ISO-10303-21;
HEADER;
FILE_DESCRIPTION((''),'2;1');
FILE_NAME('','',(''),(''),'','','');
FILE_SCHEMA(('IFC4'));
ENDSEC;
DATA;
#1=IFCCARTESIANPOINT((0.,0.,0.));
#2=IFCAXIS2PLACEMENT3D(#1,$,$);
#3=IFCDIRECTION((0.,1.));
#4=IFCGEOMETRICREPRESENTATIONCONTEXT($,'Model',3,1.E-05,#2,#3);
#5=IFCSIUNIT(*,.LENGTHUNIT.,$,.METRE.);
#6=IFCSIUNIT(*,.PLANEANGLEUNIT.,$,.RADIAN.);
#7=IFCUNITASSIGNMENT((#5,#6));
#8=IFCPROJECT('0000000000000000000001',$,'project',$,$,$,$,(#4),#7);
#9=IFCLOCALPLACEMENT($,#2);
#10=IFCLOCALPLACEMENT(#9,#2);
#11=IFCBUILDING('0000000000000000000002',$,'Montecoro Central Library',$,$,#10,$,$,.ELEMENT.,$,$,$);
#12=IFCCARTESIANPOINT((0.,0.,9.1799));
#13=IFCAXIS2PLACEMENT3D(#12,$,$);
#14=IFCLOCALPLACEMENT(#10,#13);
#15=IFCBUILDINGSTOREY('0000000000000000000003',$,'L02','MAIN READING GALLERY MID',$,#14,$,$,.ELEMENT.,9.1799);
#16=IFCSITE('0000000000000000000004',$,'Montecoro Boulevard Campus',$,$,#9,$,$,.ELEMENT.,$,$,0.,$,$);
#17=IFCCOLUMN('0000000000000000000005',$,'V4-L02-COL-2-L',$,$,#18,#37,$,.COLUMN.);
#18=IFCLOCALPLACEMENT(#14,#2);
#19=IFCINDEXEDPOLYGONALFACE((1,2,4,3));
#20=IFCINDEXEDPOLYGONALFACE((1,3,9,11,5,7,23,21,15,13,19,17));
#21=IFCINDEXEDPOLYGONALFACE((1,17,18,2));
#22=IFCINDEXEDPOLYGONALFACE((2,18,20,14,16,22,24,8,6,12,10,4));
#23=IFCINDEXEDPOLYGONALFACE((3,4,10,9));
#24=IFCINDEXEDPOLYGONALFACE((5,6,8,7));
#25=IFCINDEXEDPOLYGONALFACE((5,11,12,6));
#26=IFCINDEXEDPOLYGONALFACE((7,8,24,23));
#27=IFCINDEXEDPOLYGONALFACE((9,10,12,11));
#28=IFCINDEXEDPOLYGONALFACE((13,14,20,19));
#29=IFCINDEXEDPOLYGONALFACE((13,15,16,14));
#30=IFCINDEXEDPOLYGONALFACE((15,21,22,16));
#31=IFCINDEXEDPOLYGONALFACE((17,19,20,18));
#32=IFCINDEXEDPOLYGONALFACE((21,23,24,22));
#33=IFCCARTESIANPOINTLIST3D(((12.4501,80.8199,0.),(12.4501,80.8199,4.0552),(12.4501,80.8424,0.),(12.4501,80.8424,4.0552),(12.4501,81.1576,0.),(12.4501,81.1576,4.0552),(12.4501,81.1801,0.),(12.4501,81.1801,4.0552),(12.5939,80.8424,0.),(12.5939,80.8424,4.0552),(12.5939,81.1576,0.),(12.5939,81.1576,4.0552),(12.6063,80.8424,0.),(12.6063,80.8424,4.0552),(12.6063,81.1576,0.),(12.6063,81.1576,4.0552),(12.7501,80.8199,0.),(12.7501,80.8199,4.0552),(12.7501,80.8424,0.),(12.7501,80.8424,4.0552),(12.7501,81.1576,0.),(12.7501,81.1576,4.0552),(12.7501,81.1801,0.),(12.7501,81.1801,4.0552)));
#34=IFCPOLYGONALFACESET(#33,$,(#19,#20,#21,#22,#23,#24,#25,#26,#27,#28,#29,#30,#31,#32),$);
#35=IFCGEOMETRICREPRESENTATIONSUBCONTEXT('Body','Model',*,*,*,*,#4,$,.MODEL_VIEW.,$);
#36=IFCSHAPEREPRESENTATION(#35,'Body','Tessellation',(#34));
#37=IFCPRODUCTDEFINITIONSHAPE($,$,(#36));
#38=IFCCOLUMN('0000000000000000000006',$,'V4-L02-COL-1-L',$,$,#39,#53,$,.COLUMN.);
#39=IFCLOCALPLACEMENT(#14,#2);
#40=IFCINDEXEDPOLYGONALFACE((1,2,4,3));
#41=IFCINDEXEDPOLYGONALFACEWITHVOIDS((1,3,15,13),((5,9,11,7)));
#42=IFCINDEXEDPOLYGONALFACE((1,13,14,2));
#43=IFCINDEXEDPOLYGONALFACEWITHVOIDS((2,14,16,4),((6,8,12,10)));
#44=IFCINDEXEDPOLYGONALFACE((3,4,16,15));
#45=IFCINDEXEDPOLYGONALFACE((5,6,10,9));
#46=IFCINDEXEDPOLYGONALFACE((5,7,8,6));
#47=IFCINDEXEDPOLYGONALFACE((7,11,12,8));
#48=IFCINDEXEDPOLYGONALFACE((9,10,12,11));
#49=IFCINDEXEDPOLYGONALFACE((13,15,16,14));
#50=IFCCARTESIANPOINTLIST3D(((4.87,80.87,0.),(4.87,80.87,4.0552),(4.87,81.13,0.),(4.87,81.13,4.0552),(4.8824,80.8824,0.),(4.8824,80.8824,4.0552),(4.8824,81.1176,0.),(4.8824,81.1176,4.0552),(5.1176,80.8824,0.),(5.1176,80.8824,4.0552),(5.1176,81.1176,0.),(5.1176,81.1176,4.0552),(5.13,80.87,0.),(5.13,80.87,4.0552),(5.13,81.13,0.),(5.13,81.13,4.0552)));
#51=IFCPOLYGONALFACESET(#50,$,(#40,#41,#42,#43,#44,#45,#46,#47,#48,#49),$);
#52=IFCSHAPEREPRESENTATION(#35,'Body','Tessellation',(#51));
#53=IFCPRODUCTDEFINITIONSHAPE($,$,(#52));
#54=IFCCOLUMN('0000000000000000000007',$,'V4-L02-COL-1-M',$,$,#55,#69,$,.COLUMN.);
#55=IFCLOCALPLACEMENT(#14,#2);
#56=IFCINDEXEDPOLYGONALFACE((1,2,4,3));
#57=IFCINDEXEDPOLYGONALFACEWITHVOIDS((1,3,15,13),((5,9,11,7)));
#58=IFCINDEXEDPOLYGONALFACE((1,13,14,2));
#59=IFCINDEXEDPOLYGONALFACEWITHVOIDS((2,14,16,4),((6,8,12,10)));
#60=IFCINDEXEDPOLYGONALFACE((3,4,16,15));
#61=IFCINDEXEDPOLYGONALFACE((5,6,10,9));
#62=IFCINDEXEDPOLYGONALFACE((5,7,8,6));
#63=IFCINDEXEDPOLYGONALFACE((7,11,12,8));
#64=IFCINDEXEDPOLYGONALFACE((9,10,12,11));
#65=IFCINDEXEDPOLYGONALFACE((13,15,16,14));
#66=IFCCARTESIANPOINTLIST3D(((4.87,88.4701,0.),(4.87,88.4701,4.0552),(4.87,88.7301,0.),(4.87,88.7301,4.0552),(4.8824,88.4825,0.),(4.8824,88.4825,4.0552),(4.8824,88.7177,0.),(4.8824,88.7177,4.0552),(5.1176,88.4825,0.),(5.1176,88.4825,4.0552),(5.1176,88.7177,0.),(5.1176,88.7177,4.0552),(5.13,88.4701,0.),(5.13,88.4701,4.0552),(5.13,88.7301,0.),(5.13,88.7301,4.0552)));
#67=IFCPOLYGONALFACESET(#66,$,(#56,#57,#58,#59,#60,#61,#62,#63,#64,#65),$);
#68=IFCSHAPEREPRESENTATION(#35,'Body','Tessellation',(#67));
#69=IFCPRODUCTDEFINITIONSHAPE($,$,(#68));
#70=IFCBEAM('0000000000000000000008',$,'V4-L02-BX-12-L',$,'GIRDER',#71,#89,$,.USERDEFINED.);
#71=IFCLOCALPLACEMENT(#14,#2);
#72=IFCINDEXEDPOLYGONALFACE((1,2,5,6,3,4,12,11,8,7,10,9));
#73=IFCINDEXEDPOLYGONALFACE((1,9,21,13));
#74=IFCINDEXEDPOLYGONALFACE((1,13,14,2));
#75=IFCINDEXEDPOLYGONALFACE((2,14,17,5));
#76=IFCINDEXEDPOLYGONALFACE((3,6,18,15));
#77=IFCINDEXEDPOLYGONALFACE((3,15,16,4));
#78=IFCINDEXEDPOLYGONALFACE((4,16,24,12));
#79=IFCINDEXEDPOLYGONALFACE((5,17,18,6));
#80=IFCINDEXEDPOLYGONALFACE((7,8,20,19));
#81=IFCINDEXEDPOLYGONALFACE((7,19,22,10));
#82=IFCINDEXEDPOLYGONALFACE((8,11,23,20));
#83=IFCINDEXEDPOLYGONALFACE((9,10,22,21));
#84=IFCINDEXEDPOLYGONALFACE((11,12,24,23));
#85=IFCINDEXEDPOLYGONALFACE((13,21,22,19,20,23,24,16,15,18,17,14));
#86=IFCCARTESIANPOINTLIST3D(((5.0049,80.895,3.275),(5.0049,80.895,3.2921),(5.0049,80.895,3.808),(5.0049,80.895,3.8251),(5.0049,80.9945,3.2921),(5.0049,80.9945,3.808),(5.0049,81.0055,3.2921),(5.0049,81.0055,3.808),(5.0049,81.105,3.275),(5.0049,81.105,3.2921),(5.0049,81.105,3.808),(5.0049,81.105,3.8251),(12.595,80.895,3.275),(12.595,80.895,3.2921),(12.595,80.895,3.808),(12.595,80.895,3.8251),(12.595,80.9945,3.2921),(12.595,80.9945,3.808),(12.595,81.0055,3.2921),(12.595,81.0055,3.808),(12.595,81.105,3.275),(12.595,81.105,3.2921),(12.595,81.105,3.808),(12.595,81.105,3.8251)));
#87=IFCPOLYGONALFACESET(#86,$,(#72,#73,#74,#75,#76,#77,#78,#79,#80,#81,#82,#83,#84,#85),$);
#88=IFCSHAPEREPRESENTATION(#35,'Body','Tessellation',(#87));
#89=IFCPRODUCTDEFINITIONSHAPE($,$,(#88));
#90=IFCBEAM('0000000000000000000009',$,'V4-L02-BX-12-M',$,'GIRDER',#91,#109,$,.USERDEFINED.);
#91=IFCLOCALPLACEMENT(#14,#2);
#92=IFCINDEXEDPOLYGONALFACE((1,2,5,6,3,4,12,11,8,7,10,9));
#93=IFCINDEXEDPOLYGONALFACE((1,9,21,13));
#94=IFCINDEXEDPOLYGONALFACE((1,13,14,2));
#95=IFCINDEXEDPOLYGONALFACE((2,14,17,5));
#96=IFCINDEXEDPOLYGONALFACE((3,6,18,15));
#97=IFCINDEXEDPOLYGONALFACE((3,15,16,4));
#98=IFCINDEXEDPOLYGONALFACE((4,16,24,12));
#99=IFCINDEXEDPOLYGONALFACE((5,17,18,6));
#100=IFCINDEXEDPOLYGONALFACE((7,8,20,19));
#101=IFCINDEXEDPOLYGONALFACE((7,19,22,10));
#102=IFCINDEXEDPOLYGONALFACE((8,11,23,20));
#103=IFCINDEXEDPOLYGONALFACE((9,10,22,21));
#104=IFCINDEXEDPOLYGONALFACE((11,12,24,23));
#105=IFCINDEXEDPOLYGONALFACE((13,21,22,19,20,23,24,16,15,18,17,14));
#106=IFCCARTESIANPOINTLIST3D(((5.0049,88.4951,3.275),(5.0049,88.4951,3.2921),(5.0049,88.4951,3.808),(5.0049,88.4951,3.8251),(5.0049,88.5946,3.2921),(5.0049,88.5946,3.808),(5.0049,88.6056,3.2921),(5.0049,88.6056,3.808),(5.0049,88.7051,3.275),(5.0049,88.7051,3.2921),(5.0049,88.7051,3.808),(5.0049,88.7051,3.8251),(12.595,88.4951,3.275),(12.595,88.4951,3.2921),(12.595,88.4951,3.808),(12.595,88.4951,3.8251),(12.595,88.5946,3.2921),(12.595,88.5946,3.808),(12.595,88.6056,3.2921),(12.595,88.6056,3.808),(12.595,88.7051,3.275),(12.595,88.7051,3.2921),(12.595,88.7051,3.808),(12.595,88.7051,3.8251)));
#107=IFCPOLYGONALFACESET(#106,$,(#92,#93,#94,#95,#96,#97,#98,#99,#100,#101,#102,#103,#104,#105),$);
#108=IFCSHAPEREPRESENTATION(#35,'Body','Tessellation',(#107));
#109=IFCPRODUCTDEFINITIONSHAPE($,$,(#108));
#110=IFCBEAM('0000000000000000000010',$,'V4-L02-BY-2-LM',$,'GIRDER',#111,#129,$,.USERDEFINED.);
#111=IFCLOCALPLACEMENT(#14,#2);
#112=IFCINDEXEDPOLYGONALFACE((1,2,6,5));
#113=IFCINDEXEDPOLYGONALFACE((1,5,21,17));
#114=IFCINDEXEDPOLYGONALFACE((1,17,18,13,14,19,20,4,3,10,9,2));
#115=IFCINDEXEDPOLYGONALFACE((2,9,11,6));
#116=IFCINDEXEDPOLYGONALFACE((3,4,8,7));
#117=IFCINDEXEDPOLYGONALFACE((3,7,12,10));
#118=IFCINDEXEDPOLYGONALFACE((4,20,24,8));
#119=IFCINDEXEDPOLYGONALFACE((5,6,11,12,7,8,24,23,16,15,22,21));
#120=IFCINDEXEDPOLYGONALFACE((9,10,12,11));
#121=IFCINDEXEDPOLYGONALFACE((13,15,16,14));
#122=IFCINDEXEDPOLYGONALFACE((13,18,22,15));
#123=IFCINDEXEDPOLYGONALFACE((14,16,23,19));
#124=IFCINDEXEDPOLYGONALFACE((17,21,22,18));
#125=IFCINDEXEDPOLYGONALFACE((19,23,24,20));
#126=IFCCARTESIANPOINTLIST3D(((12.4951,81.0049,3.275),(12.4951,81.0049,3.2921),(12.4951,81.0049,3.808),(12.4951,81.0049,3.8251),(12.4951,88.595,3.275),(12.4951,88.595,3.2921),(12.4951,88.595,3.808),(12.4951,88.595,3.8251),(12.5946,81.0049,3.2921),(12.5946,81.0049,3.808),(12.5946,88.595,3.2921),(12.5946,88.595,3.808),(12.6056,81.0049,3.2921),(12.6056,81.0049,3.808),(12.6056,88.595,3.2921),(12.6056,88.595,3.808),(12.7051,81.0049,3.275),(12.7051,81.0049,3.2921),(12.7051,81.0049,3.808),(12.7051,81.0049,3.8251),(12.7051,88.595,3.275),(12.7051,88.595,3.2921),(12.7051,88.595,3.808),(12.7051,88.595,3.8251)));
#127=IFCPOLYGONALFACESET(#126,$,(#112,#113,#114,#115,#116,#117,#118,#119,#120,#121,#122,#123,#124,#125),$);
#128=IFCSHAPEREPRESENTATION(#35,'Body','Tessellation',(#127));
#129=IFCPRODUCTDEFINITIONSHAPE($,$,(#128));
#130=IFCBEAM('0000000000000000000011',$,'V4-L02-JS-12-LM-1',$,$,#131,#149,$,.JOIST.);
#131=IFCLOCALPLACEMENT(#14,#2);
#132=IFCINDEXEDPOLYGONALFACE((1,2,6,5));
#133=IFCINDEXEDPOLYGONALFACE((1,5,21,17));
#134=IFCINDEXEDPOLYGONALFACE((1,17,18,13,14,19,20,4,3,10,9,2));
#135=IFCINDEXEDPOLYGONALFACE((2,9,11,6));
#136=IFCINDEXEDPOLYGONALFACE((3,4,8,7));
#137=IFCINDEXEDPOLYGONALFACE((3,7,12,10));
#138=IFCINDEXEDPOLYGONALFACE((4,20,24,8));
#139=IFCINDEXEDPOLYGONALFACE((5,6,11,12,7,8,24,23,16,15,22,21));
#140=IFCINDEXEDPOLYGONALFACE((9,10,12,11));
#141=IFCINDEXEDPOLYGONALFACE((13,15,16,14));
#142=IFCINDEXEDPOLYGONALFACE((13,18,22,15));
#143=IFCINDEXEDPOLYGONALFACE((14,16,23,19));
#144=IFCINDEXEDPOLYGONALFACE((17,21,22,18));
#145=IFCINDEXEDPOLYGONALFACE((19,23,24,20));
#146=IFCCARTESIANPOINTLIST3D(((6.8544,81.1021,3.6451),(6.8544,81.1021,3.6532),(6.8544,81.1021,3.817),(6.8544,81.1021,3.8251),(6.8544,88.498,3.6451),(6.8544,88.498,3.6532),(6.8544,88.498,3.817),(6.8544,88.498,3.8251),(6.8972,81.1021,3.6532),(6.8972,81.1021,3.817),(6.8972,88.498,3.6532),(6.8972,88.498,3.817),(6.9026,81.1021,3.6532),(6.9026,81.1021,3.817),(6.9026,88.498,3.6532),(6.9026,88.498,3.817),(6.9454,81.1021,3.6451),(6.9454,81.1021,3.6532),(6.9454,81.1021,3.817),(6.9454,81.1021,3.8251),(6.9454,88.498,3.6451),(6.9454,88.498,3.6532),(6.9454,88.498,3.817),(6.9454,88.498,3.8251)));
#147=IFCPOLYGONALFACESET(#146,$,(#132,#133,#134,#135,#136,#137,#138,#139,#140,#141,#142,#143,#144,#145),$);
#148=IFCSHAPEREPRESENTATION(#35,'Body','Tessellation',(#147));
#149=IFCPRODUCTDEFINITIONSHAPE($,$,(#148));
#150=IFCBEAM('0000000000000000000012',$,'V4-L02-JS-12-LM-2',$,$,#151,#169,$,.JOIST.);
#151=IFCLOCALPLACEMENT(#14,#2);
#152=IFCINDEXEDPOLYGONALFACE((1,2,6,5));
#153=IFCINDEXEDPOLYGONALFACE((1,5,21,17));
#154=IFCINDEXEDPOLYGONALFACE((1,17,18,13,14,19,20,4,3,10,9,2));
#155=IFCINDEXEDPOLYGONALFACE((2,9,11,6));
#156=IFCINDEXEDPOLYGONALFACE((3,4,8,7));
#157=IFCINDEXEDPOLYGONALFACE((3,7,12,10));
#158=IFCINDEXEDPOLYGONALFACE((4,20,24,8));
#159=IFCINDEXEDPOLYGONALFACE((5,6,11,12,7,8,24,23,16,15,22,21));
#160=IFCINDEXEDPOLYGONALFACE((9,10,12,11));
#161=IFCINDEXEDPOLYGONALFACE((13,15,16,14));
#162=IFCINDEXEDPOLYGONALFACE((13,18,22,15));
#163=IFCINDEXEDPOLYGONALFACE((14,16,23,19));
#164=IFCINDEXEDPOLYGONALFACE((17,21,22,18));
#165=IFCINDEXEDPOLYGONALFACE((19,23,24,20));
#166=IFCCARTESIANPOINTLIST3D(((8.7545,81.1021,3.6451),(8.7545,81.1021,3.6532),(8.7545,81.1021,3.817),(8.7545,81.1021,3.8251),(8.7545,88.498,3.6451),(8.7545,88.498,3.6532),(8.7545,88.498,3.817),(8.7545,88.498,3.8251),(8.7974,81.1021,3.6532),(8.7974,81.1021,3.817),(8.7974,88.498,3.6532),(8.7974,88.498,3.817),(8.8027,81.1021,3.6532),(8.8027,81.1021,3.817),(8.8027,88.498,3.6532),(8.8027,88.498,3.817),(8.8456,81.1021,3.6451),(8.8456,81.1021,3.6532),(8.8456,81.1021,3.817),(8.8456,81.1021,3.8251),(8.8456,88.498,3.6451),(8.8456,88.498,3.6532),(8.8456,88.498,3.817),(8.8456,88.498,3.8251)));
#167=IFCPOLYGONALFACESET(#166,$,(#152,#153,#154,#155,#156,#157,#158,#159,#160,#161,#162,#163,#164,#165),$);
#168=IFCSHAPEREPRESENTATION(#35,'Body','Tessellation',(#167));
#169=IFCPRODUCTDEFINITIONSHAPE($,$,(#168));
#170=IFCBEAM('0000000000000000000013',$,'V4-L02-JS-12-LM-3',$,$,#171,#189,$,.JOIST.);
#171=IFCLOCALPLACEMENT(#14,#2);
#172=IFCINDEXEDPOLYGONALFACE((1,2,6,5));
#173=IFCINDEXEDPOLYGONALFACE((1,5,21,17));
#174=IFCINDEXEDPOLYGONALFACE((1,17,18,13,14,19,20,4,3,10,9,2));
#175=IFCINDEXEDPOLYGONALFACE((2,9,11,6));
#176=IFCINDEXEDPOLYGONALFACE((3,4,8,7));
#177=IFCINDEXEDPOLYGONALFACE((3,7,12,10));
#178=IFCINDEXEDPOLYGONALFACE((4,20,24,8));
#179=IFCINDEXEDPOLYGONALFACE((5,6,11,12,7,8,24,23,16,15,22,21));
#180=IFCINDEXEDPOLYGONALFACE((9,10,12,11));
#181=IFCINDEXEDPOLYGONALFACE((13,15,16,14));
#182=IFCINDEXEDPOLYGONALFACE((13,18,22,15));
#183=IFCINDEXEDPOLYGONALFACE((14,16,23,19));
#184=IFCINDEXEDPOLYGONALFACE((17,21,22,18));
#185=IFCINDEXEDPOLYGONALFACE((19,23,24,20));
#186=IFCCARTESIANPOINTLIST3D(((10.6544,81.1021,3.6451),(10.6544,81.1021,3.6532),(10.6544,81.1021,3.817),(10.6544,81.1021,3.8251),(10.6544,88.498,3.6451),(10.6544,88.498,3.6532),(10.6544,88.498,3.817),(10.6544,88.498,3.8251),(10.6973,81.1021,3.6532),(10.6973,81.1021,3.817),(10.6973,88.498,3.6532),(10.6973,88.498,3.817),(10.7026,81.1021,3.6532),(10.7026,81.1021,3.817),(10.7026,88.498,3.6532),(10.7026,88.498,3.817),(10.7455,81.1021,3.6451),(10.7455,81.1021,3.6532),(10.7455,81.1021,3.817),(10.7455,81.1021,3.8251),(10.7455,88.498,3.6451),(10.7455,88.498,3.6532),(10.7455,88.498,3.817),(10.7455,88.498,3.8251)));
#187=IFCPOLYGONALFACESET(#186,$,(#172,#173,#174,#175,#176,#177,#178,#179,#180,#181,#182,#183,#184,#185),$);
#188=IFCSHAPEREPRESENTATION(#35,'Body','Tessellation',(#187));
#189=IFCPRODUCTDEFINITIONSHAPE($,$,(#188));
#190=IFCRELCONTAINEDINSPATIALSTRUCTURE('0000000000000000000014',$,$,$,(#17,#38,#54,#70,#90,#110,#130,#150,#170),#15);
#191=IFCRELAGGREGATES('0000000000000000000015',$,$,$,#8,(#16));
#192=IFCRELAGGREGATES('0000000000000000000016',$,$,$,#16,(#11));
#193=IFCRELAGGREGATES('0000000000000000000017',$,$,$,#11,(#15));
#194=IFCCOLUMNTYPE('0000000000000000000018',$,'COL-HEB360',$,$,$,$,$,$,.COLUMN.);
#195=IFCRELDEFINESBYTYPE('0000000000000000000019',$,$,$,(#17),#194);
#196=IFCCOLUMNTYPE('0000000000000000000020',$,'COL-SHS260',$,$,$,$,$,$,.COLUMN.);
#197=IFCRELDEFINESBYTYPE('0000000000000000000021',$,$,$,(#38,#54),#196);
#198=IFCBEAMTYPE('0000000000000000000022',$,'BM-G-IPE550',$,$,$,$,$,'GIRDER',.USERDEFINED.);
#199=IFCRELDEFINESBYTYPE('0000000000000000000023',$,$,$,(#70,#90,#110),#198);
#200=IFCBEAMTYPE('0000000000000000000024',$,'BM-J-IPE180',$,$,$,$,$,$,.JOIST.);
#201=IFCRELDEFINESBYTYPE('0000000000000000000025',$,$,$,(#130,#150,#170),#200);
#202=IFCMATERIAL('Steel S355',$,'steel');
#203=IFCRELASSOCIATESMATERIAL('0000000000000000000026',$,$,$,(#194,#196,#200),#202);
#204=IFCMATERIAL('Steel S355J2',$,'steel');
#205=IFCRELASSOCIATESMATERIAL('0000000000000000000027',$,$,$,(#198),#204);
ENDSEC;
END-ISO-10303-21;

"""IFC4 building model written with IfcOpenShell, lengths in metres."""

from ifc_helpers import new_model, si_unit, direction, frame, origin, origin_2d, place, context, subcontext, project, spatial, hollow_rectangle, i_section, extrude, material, material_profile, profile_set, type_object, element, save


model = new_model("IFC4")

# Units and contexts
model_context = context("Model", 3, precision=1e-05, world=origin(), true_north=direction((0.0, 1.0)))
body_context = subcontext(model_context, "Body", "Model", "MODEL_VIEW")
ifc_project = project(units=[si_unit("LENGTHUNIT", "METRE"), si_unit("PLANEANGLEUNIT", "RADIAN")], contexts=[model_context])

# Site, building, storey
site_placement = place(None, origin())
site = spatial("IfcSite", under=ifc_project, at=site_placement, Name="Montecoro Boulevard Campus", CompositionType="ELEMENT", RefElevation=0.0)
building_placement = place(site_placement, origin())
building = spatial("IfcBuilding", under=site, at=building_placement, Name="Montecoro Central Library", CompositionType="ELEMENT")
storey_placement = place(building_placement, frame((0.0, 0.0, 9.1799)))
storey = spatial("IfcBuildingStorey", under=building, at=storey_placement, Name="L02", Description="MAIN READING GALLERY MID", CompositionType="ELEMENT", Elevation=9.1799)

# Columns
ifc_material_1 = material(Name="Steel S355", Category="steel")
ifc_material_profile_1 = material_profile(ifc_material_1, i_section(OverallWidth=0.3, OverallDepth=0.3601, WebThickness=0.0125, FlangeThickness=0.0225, at=origin_2d()), Name="HEB 360")
ifc_profile_set_1 = profile_set([ifc_material_profile_1], Name="Steel S355")
column_type_1 = type_object("IfcColumnType", Name="COL-HEB360", PredefinedType="COLUMN", material=ifc_profile_set_1)
column_placement = place(storey_placement, frame((12.6001, 81.0, 0.0), z_axis=(0.0, 0.0, 1.0), x_axis=(1.0, 0.0, 0.0)))
element("IfcColumn", 1, at=column_placement, inside=storey, type_object=column_type_1, Name="V4-L02-COL-2-L", PredefinedType="COLUMN", context=body_context, shape_type="SweptSolid", body=[
    extrude(i_section(OverallWidth=0.3, OverallDepth=0.3601, WebThickness=0.0125, FlangeThickness=0.0225, at=origin_2d()), origin(), (0.0, 0.0, 1.0), 4.0552),
])
ifc_material_profile_2 = material_profile(ifc_material_1, hollow_rectangle(XDim=0.26, YDim=0.26, WallThickness=0.0125, at=origin_2d()), Name="SHS 260x260x12.5")
ifc_profile_set_2 = profile_set([ifc_material_profile_2], Name="Steel S355")
column_type_2 = type_object("IfcColumnType", Name="COL-SHS260", PredefinedType="COLUMN", material=ifc_profile_set_2)
for number, where, z_axis, x_axis, name in (
    (2, (5.0, 81.0, 0.0), (0.0, 0.0, 1.0), (1.0, 0.0, 0.0), "V4-L02-COL-1-L"),
    (3, (5.0, 88.6001, 0.0), (0.0, 0.0, 1.0), (1.0, 0.0, 0.0), "V4-L02-COL-1-M"),
):
    element("IfcColumn", number, at=place(storey_placement, frame(where, z_axis=z_axis, x_axis=x_axis)), inside=storey, type_object=column_type_2, Name=name, PredefinedType="COLUMN", context=body_context, shape_type="SweptSolid", body=[
        extrude(hollow_rectangle(XDim=0.26, YDim=0.26, WallThickness=0.0125, at=origin_2d()), origin(), (0.0, 0.0, 1.0), 4.0552),
    ])

# Beams
ifc_material_2 = material(Name="Steel S355J2", Category="steel")
ifc_material_profile_3 = material_profile(ifc_material_2, i_section(OverallWidth=0.21, OverallDepth=0.55, WebThickness=0.011, FlangeThickness=0.0171, at=origin_2d()), Name="IPE 550")
ifc_profile_set_3 = profile_set([ifc_material_profile_3], Name="Steel S355J2")
beam_type_1 = type_object("IfcBeamType", Name="BM-G-IPE550", ElementType="GIRDER", PredefinedType="USERDEFINED", material=ifc_profile_set_3)
for number, where, z_axis, x_axis, name in (
    (4, (5.0049, 81.0, 3.55), (1.0, 0.0, 0.0), (0.0, 1.0, 0.0), "V4-L02-BX-12-L"),
    (5, (5.0049, 88.6001, 3.55), (1.0, 0.0, 0.0), (0.0, 1.0, 0.0), "V4-L02-BX-12-M"),
    (6, (12.6001, 81.0049, 3.55), (0.0, 1.0, 0.0), (-1.0, 0.0, 0.0), "V4-L02-BY-2-LM"),
):
    element("IfcBeam", number, at=place(storey_placement, frame(where, z_axis=z_axis, x_axis=x_axis)), inside=storey, type_object=beam_type_1, Name=name, ObjectType="GIRDER", PredefinedType="USERDEFINED", context=body_context, shape_type="SweptSolid", body=[
        extrude(i_section(OverallWidth=0.21, OverallDepth=0.55, WebThickness=0.011, FlangeThickness=0.0171, at=origin_2d()), origin(), (0.0, 0.0, 1.0), 7.5901),
    ])
ifc_material_profile_4 = material_profile(ifc_material_1, i_section(OverallWidth=0.0911, OverallDepth=0.1799, WebThickness=0.0054, FlangeThickness=0.0081, at=origin_2d()), Name="IPE 180")
ifc_profile_set_4 = profile_set([ifc_material_profile_4], Name="Steel S355")
beam_type_2 = type_object("IfcBeamType", Name="BM-J-IPE180", PredefinedType="JOIST", material=ifc_profile_set_4)
for number, where, z_axis, x_axis, name in (
    (7, (6.8999, 81.1021, 3.7351), (0.0, 1.0, 0.0), (-1.0, 0.0, 0.0), "V4-L02-JS-12-LM-1"),
    (8, (8.8, 81.1021, 3.7351), (0.0, 1.0, 0.0), (-1.0, 0.0, 0.0), "V4-L02-JS-12-LM-2"),
    (9, (10.7, 81.1021, 3.7351), (0.0, 1.0, 0.0), (-1.0, 0.0, 0.0), "V4-L02-JS-12-LM-3"),
):
    element("IfcBeam", number, at=place(storey_placement, frame(where, z_axis=z_axis, x_axis=x_axis)), inside=storey, type_object=beam_type_2, Name=name, PredefinedType="JOIST", context=body_context, shape_type="SweptSolid", body=[
        extrude(i_section(OverallWidth=0.0911, OverallDepth=0.1799, WebThickness=0.0054, FlangeThickness=0.0081, at=origin_2d()), origin(), (0.0, 0.0, 1.0), 7.396),
    ])

save(model, "model.ifc")
